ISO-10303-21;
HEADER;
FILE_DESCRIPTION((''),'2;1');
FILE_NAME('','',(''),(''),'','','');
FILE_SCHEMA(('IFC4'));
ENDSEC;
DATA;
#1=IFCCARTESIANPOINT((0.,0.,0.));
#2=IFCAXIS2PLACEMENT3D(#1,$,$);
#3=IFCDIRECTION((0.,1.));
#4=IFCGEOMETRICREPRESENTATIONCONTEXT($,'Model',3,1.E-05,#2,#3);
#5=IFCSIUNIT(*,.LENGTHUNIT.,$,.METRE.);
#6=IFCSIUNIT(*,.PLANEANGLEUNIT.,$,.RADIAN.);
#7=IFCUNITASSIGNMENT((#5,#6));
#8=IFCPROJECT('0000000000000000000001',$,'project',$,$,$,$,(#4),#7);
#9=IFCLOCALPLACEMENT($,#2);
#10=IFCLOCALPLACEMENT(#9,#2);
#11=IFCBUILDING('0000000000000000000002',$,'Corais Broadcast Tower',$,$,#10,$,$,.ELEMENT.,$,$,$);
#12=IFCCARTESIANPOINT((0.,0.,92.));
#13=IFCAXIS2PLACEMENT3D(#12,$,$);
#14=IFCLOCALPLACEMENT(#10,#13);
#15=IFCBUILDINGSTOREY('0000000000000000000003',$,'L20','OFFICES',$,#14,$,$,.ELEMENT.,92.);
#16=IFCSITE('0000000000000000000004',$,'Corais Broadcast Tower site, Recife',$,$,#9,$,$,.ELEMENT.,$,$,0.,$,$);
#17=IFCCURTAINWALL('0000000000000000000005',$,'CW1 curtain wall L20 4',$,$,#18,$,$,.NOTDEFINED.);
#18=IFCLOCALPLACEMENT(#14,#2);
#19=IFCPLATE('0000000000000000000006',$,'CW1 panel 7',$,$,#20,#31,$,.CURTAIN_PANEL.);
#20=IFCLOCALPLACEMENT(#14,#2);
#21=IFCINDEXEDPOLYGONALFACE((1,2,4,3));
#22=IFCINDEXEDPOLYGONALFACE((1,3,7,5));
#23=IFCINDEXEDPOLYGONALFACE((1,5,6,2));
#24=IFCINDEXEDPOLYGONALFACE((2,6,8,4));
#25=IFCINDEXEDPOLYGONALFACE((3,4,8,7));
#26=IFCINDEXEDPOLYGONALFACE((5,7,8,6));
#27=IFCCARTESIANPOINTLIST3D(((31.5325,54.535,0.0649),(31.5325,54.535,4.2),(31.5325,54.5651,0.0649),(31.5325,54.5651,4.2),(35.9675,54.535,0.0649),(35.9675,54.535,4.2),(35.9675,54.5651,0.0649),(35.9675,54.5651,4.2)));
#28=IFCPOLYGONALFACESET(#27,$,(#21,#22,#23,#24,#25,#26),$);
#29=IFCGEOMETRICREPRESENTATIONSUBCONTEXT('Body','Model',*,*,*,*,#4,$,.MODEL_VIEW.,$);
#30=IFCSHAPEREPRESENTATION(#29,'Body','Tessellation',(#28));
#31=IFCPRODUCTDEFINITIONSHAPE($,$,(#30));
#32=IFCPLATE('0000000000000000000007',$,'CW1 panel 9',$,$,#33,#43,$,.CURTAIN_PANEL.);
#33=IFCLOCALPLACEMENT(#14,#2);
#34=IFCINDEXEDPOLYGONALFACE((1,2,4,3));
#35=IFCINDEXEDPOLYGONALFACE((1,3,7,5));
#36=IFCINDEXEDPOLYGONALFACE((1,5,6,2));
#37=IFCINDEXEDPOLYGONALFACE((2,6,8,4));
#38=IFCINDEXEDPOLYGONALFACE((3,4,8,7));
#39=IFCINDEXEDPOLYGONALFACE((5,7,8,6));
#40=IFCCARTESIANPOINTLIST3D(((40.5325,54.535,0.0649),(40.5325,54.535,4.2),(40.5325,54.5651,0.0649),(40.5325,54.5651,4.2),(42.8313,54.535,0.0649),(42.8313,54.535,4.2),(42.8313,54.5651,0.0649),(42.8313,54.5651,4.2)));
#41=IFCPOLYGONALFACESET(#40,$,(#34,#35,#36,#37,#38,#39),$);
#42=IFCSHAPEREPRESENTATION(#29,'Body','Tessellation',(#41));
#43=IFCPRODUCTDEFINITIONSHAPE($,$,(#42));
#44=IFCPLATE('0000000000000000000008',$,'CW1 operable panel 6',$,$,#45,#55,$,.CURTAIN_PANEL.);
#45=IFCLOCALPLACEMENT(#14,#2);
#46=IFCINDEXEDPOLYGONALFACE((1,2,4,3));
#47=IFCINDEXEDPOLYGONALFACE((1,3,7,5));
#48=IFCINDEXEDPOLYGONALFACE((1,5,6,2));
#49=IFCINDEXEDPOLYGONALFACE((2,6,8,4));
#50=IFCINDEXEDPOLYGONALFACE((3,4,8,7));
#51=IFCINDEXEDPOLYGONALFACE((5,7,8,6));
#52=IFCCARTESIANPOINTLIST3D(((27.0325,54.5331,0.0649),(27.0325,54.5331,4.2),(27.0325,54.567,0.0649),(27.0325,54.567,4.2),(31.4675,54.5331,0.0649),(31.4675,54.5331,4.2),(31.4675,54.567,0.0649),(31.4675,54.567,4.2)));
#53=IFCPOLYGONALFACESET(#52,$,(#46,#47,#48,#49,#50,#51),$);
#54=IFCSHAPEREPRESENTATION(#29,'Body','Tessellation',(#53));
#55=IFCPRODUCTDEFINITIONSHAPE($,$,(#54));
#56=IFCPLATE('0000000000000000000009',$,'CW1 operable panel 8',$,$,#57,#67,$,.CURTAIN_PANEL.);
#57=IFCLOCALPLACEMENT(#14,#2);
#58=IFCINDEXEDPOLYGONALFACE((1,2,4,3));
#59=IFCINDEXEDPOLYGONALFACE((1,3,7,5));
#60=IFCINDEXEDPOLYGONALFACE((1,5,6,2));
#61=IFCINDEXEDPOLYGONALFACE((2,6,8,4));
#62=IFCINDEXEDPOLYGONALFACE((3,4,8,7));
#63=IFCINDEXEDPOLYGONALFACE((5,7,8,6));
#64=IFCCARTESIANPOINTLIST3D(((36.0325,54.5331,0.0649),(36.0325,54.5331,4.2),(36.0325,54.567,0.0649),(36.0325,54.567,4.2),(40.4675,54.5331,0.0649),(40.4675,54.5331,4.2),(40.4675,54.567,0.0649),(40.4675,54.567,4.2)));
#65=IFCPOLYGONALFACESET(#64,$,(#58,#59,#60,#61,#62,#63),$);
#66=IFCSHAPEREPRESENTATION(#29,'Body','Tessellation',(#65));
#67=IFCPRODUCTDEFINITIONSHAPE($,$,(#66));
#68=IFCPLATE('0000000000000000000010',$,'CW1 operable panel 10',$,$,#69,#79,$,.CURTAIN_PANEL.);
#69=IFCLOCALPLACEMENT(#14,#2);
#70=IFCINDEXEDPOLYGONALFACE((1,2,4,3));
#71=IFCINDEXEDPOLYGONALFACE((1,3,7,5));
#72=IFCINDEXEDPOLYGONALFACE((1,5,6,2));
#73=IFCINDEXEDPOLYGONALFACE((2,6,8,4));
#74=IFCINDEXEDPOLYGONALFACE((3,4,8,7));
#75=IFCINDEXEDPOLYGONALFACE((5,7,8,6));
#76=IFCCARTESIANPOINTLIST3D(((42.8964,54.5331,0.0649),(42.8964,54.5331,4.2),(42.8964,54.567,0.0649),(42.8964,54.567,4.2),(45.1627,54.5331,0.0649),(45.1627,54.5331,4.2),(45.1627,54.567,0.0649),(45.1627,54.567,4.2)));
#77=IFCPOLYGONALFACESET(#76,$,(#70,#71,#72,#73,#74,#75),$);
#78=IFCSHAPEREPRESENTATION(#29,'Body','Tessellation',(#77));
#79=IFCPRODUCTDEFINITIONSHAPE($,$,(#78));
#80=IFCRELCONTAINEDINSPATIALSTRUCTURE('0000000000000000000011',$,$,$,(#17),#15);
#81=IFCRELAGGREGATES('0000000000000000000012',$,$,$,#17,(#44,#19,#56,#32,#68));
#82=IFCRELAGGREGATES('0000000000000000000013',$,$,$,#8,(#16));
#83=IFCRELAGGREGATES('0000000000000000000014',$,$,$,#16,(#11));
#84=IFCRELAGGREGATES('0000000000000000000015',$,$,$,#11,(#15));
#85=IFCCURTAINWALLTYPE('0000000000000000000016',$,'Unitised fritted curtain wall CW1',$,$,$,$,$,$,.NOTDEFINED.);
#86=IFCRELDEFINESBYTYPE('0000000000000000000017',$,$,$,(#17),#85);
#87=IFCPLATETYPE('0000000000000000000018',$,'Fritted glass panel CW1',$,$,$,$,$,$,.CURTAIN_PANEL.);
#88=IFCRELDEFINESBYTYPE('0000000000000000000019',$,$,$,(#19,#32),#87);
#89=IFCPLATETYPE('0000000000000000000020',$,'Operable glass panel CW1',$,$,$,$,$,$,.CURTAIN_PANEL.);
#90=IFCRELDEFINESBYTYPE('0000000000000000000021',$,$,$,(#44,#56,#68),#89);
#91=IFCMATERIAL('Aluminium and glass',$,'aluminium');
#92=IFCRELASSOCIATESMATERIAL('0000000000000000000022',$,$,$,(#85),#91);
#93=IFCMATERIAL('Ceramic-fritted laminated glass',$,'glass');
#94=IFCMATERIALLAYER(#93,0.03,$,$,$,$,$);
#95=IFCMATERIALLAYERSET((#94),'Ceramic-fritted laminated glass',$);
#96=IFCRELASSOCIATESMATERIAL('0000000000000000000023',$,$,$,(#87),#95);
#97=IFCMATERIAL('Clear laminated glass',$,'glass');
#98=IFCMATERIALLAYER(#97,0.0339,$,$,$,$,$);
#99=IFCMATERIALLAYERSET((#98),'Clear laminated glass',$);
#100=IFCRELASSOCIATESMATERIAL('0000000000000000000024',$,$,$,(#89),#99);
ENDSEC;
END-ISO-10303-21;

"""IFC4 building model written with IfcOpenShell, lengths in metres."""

from ifc_helpers import new_model, si_unit, direction, frame, origin, origin_2d, place, context, subcontext, project, spatial, rectangle, extrude, material, layer, layer_set, type_object, element, aggregate, save


model = new_model("IFC4")

# Units and contexts
model_context = context("Model", 3, precision=1e-05, world=origin(), true_north=direction((0.0, 1.0)))
body_context = subcontext(model_context, "Body", "Model", "MODEL_VIEW")
ifc_project = project(units=[si_unit("LENGTHUNIT", "METRE"), si_unit("PLANEANGLEUNIT", "RADIAN")], contexts=[model_context])

# Site, building, storey
site_placement = place(None, origin())
site = spatial("IfcSite", under=ifc_project, at=site_placement, Name="Corais Broadcast Tower site, Recife", CompositionType="ELEMENT", RefElevation=0.0)
building_placement = place(site_placement, origin())
building = spatial("IfcBuilding", under=site, at=building_placement, Name="Corais Broadcast Tower", CompositionType="ELEMENT")
storey_placement = place(building_placement, frame((0.0, 0.0, 92.0)))
storey = spatial("IfcBuildingStorey", under=building, at=storey_placement, Name="L20", Description="OFFICES", CompositionType="ELEMENT", Elevation=92.0)

# Curtain wall
ifc_material_1 = material(Name="Aluminium and glass", Category="aluminium")
curtain_wall_type = type_object("IfcCurtainWallType", Name="Unitised fritted curtain wall CW1", PredefinedType="NOTDEFINED", material=ifc_material_1)
curtain_wall_placement = place(storey_placement, origin())
curtain_wall = element("IfcCurtainWall", 1, at=curtain_wall_placement, inside=storey, type_object=curtain_wall_type, Name="CW1 curtain wall L20 4", PredefinedType="NOTDEFINED")

# Plates
ifc_material_2 = material(Name="Ceramic-fritted laminated glass", Category="glass")
ifc_layer_1 = layer(ifc_material_2, 0.03)
ifc_layer_set_1 = layer_set([ifc_layer_1], Name="Ceramic-fritted laminated glass")
plate_type_1 = type_object("IfcPlateType", Name="Fritted glass panel CW1", PredefinedType="CURTAIN_PANEL", material=ifc_layer_set_1)
plate_1_placement = place(storey_placement, frame((33.75, 54.55, 0.0649), z_axis=(0.0, 0.0, 1.0), x_axis=(1.0, 0.0, 0.0)))
plate_1 = element("IfcPlate", 2, at=plate_1_placement, type_object=plate_type_1, Name="CW1 panel 7", PredefinedType="CURTAIN_PANEL", context=body_context, shape_type="SweptSolid", body=[
    extrude(rectangle(XDim=4.4351, YDim=0.03, at=origin_2d()), origin(), (0.0, 0.0, 1.0), 4.135),
])
plate_2_placement = place(storey_placement, frame((41.6819, 54.55, 0.0649), z_axis=(0.0, 0.0, 1.0), x_axis=(1.0, 0.0, 0.0)))
plate_2 = element("IfcPlate", 3, at=plate_2_placement, type_object=plate_type_1, Name="CW1 panel 9", PredefinedType="CURTAIN_PANEL", context=body_context, shape_type="SweptSolid", body=[
    extrude(rectangle(XDim=2.2988, YDim=0.03, at=origin_2d()), origin(), (0.0, 0.0, 1.0), 4.135),
])
ifc_material_3 = material(Name="Clear laminated glass", Category="glass")
ifc_layer_2 = layer(ifc_material_3, 0.0339)
ifc_layer_set_2 = layer_set([ifc_layer_2], Name="Clear laminated glass")
plate_type_2 = type_object("IfcPlateType", Name="Operable glass panel CW1", PredefinedType="CURTAIN_PANEL", material=ifc_layer_set_2)
plate_3_placement = place(storey_placement, frame((29.25, 54.55, 0.0649), z_axis=(0.0, 0.0, 1.0), x_axis=(1.0, 0.0, 0.0)))
plate_3 = element("IfcPlate", 4, at=plate_3_placement, type_object=plate_type_2, Name="CW1 operable panel 6", PredefinedType="CURTAIN_PANEL", context=body_context, shape_type="SweptSolid", body=[
    extrude(rectangle(XDim=4.4351, YDim=0.0339, at=origin_2d()), origin(), (0.0, 0.0, 1.0), 4.135),
])
plate_4_placement = place(storey_placement, frame((38.25, 54.55, 0.0649), z_axis=(0.0, 0.0, 1.0), x_axis=(1.0, 0.0, 0.0)))
plate_4 = element("IfcPlate", 5, at=plate_4_placement, type_object=plate_type_2, Name="CW1 operable panel 8", PredefinedType="CURTAIN_PANEL", context=body_context, shape_type="SweptSolid", body=[
    extrude(rectangle(XDim=4.4351, YDim=0.0339, at=origin_2d()), origin(), (0.0, 0.0, 1.0), 4.135),
])
plate_5_placement = place(storey_placement, frame((44.0295, 54.55, 0.0649), z_axis=(0.0, 0.0, 1.0), x_axis=(1.0, 0.0, 0.0)))
plate_5 = element("IfcPlate", 6, at=plate_5_placement, type_object=plate_type_2, Name="CW1 operable panel 10", PredefinedType="CURTAIN_PANEL", context=body_context, shape_type="SweptSolid", body=[
    extrude(rectangle(XDim=2.2664, YDim=0.0339, at=origin_2d()), origin(), (0.0, 0.0, 1.0), 4.135),
])
aggregate(curtain_wall, [plate_3, plate_1, plate_4, plate_2, plate_5])

save(model, "model.ifc")
